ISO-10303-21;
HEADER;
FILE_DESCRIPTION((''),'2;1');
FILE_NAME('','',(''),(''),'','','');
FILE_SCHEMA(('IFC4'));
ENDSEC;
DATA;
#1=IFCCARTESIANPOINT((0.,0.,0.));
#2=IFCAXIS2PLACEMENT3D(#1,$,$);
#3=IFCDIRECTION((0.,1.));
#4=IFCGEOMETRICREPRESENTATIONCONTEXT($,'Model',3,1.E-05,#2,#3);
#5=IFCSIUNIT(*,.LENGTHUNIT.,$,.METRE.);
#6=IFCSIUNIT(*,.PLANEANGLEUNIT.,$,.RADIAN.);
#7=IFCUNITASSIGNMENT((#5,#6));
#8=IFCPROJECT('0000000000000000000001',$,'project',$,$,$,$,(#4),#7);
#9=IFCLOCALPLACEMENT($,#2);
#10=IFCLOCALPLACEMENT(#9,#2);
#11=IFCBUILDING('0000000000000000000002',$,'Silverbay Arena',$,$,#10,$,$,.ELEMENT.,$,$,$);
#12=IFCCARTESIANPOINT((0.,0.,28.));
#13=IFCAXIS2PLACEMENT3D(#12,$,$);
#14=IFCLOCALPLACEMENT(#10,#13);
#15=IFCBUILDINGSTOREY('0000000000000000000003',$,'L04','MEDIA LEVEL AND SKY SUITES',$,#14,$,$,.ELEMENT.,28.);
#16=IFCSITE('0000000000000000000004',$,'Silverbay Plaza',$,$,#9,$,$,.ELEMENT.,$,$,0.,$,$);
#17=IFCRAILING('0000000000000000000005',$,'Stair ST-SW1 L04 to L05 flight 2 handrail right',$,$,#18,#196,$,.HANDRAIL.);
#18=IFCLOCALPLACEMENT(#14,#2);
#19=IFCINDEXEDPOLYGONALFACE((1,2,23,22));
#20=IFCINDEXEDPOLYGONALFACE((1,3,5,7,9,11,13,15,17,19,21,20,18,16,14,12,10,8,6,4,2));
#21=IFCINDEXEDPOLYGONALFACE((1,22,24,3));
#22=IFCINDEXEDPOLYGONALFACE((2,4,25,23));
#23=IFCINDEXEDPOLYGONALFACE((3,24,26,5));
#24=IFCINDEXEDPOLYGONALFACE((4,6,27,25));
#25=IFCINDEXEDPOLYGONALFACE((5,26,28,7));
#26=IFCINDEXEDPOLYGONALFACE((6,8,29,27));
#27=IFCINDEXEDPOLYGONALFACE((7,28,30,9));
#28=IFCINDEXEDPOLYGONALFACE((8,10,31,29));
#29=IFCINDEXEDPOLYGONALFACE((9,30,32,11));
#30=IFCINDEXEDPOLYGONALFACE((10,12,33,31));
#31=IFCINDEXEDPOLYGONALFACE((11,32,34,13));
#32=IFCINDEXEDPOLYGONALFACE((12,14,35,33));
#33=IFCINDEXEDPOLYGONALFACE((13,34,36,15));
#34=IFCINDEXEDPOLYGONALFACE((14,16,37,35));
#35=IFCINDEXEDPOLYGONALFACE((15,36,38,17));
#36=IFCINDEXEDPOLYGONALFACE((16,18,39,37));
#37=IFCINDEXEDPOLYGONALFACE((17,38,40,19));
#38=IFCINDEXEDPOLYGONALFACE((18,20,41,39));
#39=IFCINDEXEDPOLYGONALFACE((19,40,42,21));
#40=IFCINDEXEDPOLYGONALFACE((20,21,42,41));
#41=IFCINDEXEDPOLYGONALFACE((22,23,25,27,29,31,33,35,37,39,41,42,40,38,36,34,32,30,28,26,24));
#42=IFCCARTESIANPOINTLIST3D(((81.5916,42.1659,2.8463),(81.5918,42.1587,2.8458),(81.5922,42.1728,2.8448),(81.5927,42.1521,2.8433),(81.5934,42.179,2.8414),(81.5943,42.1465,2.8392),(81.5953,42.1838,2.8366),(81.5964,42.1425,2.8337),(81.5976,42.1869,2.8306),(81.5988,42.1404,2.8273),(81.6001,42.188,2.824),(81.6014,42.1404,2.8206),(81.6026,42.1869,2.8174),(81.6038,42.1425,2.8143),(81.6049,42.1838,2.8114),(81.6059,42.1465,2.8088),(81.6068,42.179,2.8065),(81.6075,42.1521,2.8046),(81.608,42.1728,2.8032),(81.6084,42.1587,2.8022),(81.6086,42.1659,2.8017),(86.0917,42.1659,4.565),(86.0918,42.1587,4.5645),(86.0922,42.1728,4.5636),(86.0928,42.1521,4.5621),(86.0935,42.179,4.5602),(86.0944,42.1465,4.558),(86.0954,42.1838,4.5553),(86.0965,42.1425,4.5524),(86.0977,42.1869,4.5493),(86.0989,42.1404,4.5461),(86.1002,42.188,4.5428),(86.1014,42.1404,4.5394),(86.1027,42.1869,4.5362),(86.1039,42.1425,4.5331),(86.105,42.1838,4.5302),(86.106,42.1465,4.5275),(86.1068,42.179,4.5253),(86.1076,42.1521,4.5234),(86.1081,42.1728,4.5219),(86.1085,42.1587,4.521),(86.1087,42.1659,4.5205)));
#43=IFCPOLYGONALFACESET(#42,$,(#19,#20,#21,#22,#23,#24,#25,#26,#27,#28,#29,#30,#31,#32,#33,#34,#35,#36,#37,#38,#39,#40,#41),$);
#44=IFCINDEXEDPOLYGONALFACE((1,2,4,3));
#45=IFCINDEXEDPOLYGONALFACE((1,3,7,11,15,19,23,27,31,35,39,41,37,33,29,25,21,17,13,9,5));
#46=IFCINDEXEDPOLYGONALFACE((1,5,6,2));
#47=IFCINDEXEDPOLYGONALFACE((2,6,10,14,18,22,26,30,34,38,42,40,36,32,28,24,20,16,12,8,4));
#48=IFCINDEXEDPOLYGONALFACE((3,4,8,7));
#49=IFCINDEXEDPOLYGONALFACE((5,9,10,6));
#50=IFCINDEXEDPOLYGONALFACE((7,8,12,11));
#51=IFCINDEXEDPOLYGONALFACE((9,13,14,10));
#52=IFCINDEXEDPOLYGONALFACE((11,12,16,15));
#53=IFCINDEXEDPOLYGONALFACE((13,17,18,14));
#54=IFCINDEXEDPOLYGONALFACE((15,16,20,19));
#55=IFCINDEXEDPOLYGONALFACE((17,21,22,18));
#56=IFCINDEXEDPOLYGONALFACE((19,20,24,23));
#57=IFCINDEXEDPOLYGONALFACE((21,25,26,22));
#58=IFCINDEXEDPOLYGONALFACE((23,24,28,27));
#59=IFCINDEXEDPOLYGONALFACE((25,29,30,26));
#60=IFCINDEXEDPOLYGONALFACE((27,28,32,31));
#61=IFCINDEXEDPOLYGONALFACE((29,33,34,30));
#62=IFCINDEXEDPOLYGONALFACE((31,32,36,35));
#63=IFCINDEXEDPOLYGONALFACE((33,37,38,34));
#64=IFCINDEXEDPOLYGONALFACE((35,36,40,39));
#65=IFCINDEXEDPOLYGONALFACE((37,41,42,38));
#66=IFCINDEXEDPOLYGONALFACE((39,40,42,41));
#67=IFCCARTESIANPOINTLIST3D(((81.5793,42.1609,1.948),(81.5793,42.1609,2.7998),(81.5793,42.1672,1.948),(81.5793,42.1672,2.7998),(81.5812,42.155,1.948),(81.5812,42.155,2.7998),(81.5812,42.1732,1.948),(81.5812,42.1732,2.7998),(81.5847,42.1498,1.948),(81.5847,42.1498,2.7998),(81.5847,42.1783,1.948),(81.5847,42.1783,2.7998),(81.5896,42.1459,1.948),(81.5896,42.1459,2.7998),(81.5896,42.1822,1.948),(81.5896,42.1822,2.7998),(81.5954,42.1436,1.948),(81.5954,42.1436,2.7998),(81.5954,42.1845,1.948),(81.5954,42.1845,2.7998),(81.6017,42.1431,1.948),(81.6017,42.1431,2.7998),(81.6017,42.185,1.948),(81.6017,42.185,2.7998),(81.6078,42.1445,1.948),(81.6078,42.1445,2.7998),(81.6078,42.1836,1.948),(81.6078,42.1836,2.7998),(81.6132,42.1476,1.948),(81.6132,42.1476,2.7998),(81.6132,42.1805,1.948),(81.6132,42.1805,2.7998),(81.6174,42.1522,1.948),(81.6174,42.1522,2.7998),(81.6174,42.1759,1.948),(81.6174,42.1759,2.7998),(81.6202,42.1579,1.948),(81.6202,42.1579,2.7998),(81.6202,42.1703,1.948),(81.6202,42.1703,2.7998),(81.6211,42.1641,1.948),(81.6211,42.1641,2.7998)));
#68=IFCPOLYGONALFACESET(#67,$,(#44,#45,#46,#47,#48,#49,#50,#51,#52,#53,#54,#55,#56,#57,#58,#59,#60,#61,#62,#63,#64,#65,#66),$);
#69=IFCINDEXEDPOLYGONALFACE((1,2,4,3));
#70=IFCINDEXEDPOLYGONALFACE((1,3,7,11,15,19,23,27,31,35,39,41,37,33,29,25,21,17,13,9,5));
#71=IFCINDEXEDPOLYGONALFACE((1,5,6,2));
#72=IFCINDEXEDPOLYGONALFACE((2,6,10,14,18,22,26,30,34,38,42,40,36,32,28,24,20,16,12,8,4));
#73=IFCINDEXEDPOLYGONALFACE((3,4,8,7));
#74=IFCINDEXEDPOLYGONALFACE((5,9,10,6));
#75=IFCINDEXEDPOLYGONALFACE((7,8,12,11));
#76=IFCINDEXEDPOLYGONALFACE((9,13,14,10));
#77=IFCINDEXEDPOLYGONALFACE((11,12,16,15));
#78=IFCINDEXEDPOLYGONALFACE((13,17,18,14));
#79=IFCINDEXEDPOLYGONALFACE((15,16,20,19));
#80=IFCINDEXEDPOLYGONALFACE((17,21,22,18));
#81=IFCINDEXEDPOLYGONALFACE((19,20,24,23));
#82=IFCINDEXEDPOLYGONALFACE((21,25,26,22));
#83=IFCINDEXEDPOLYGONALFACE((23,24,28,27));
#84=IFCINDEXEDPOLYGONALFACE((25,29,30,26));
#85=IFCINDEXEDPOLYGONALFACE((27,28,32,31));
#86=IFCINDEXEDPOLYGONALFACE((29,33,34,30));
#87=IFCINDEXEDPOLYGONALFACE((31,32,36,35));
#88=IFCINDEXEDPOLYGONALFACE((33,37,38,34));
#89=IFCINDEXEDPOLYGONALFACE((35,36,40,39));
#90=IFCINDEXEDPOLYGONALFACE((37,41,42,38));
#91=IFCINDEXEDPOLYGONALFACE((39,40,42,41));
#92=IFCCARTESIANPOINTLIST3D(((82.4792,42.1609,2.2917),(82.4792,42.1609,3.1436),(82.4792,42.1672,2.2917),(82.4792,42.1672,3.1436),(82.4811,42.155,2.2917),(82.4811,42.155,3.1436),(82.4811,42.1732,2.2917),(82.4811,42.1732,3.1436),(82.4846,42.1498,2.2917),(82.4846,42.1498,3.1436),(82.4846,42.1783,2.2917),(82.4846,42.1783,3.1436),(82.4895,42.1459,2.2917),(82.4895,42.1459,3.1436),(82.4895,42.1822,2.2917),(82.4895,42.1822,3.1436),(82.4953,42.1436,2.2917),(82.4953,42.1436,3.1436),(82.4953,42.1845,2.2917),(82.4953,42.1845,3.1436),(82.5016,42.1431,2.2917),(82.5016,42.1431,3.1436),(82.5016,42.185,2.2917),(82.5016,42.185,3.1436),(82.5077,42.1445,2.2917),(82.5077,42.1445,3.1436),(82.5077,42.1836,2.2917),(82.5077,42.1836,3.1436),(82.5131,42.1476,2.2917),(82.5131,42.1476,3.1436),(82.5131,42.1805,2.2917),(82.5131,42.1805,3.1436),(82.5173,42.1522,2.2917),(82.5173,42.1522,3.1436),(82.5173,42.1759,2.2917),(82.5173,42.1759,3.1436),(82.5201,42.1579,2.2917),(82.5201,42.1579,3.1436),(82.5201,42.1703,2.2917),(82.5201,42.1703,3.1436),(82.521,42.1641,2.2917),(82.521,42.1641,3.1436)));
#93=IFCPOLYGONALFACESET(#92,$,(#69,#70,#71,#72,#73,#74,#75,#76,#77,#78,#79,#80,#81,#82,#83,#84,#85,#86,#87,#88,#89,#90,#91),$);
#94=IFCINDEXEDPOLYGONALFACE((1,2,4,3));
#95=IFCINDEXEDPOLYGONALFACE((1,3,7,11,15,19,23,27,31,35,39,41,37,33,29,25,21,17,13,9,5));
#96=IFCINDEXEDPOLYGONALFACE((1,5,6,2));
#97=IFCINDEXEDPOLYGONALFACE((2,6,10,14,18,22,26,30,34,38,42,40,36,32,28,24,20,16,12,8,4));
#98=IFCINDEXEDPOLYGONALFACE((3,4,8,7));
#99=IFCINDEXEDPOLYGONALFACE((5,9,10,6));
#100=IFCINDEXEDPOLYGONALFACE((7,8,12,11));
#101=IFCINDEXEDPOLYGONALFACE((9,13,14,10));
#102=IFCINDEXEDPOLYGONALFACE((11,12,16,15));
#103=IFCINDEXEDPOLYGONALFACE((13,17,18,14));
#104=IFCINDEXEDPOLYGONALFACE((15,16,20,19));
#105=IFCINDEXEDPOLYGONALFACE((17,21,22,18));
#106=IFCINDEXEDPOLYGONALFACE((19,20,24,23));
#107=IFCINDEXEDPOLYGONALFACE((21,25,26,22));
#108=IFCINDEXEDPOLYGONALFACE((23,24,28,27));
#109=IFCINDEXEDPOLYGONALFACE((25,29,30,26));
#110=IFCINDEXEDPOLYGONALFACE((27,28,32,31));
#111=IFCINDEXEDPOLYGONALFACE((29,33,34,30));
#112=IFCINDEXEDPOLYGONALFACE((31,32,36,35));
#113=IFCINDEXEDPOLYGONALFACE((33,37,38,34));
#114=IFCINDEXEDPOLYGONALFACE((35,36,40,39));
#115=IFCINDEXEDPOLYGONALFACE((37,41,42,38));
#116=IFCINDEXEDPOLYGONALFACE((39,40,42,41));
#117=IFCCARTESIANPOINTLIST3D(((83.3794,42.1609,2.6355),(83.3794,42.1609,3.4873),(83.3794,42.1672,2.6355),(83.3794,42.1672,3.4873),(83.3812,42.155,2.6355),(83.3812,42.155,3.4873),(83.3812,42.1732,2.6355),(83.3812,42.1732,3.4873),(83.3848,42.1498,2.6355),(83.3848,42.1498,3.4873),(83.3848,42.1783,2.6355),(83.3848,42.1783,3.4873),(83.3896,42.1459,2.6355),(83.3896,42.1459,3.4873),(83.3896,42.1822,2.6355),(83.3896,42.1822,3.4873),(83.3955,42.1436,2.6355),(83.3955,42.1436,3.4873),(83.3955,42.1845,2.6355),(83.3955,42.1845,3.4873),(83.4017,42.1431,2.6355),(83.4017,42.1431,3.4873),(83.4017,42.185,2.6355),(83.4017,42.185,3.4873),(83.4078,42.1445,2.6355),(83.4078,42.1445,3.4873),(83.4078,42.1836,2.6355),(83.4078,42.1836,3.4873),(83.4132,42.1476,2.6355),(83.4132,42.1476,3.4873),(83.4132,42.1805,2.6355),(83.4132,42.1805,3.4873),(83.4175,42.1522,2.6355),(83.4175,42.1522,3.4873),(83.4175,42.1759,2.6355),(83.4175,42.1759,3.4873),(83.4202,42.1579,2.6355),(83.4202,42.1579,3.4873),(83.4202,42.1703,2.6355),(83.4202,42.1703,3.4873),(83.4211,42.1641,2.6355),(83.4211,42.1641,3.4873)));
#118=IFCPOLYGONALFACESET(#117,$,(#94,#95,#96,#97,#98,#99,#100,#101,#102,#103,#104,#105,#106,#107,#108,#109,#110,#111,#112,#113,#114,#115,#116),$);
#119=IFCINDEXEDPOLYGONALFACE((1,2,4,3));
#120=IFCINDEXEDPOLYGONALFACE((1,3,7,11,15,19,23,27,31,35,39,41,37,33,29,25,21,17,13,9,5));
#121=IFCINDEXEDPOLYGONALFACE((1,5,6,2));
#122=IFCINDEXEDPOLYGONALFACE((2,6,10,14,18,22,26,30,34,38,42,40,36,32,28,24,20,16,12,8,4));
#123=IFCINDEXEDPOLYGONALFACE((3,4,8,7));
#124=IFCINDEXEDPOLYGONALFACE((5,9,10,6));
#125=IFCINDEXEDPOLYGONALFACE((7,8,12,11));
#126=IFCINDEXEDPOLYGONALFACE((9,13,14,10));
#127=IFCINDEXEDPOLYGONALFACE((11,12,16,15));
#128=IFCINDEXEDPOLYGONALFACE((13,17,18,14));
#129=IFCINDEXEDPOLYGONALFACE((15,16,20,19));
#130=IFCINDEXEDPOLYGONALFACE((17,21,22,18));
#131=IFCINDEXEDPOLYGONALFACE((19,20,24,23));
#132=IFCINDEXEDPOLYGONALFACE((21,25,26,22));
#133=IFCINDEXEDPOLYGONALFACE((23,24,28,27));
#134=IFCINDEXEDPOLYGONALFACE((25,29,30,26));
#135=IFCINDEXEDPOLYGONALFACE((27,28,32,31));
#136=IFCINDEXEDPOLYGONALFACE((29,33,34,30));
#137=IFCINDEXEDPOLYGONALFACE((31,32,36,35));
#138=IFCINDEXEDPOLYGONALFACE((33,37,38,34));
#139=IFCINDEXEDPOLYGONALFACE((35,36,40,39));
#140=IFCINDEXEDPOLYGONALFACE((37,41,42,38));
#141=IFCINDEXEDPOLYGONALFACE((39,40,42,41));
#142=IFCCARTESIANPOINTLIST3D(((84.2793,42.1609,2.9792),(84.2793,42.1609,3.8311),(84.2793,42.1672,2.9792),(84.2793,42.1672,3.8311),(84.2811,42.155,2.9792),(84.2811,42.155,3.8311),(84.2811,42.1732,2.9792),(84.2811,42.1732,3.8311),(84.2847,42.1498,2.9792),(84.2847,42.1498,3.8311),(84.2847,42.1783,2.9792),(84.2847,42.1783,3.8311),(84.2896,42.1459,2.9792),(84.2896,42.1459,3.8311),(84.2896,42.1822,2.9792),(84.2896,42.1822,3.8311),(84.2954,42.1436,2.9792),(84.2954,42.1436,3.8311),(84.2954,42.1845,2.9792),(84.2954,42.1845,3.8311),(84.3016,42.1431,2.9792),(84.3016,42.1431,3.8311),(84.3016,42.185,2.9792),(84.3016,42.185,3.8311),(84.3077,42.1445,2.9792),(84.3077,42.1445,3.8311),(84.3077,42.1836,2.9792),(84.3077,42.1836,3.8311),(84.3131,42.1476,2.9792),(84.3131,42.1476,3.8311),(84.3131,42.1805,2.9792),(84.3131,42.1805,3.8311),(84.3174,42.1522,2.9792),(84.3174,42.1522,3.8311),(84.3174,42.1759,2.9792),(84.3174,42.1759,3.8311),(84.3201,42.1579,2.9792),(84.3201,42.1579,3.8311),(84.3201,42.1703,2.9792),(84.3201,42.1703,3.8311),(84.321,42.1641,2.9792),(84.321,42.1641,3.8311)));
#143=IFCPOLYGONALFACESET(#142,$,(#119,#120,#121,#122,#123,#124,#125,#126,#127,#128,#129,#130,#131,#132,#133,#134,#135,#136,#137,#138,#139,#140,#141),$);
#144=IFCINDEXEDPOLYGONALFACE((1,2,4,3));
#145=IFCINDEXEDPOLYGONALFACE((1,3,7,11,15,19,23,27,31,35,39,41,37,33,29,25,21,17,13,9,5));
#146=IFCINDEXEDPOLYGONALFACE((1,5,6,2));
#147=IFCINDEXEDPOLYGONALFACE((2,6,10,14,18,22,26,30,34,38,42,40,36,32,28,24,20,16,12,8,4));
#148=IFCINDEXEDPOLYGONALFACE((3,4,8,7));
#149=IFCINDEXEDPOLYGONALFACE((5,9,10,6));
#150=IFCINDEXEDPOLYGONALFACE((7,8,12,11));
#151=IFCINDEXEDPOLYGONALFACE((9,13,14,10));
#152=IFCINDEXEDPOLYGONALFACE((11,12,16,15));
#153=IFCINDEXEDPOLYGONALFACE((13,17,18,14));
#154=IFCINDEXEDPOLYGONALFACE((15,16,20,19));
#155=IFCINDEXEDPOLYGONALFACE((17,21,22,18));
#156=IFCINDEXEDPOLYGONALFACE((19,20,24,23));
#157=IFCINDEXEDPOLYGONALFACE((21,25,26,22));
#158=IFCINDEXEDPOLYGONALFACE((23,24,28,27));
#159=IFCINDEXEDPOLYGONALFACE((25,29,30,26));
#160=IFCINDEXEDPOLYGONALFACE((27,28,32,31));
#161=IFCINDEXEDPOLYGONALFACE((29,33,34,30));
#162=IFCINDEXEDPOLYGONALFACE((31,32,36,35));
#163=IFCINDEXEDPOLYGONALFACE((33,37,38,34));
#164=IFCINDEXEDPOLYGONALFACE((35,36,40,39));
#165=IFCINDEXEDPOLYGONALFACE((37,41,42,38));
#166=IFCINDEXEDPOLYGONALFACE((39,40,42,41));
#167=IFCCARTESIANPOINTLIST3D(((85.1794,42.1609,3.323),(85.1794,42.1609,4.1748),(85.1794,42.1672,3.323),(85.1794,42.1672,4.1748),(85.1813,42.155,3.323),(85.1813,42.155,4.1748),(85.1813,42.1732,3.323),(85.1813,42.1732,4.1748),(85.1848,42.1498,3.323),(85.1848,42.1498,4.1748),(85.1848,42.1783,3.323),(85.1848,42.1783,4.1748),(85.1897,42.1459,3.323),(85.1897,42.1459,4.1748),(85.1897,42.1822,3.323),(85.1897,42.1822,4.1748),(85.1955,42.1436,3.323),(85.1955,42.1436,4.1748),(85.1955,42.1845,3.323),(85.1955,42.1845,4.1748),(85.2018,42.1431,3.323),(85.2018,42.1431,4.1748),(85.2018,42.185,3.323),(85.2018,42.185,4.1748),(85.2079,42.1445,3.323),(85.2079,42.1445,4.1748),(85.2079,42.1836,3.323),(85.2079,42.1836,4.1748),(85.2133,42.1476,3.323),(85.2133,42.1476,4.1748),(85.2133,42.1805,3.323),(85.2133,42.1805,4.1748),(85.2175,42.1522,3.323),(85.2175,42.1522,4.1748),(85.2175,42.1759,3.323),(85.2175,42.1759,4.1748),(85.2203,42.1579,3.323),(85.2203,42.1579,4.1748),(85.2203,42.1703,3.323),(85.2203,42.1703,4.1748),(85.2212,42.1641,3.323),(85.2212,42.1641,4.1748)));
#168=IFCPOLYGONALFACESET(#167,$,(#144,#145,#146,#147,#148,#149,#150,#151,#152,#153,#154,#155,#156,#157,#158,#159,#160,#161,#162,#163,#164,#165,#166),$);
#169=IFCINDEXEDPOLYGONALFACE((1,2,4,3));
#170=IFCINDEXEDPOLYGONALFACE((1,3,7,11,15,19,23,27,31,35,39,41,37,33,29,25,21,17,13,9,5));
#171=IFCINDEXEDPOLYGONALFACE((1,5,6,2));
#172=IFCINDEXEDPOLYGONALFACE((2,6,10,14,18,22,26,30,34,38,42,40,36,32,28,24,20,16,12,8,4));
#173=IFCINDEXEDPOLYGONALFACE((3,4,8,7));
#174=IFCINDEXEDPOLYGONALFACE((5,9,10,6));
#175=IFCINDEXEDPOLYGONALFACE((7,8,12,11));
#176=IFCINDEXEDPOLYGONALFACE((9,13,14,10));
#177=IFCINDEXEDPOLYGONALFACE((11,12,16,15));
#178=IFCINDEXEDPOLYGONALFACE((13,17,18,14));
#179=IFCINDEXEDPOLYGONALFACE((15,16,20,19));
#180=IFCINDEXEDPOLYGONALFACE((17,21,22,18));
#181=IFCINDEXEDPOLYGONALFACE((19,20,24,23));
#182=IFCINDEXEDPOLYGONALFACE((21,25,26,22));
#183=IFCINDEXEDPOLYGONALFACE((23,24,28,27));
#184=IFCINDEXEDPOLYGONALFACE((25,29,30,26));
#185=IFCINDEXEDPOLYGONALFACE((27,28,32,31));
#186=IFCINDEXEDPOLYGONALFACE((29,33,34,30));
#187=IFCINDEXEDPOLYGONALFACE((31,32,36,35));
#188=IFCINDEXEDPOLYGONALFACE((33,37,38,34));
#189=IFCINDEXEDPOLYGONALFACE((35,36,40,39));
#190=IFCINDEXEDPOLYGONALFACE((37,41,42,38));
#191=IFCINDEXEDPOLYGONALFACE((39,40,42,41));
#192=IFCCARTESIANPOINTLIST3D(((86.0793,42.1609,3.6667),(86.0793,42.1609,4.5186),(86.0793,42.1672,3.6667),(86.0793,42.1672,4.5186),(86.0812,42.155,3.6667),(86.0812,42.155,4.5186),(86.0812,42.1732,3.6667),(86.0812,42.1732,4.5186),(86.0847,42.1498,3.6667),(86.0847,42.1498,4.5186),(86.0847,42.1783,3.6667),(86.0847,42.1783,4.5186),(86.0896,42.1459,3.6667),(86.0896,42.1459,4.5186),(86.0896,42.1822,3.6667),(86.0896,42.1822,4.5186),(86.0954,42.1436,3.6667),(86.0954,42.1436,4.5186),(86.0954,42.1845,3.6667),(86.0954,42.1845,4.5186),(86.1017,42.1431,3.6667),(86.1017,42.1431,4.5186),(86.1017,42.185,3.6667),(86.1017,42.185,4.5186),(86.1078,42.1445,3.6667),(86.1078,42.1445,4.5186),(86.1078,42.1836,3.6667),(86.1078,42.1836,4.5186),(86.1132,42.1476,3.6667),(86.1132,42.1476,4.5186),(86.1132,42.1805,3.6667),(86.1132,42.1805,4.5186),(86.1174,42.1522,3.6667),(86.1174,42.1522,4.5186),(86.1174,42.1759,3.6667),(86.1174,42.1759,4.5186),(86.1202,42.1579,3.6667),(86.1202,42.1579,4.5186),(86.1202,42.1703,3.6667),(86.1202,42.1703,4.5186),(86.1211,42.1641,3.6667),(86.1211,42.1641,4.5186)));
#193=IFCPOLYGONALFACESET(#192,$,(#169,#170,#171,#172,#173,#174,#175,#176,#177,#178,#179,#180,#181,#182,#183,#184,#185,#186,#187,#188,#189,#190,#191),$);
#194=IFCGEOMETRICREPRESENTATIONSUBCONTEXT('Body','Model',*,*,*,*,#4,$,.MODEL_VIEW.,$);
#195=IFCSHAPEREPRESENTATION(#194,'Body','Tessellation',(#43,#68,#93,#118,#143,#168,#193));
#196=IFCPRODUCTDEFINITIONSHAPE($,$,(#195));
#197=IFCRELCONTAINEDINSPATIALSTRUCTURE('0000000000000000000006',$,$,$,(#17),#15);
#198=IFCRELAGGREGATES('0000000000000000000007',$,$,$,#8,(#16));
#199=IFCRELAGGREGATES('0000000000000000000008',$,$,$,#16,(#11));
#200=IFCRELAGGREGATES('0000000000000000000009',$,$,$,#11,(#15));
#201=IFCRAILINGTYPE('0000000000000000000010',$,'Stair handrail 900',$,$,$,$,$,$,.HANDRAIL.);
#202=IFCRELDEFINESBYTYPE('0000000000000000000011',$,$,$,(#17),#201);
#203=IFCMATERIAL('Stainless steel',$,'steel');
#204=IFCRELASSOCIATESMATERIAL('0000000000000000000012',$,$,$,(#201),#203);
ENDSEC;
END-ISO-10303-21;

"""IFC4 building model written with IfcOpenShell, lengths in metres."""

from ifc_helpers import new_model, si_unit, direction, frame, origin, origin_2d, place, context, subcontext, project, spatial, circle, extrude, material, type_object, element, save


model = new_model("IFC4")

# Units and contexts
model_context = context("Model", 3, precision=1e-05, world=origin(), true_north=direction((0.0, 1.0)))
body_context = subcontext(model_context, "Body", "Model", "MODEL_VIEW")
ifc_project = project(units=[si_unit("LENGTHUNIT", "METRE"), si_unit("PLANEANGLEUNIT", "RADIAN")], contexts=[model_context])

# Site, building, storey
site_placement = place(None, origin())
site = spatial("IfcSite", under=ifc_project, at=site_placement, Name="Silverbay Plaza", CompositionType="ELEMENT", RefElevation=0.0)
building_placement = place(site_placement, origin())
building = spatial("IfcBuilding", under=site, at=building_placement, Name="Silverbay Arena", CompositionType="ELEMENT")
storey_placement = place(building_placement, frame((0.0, 0.0, 28.0)))
storey = spatial("IfcBuildingStorey", under=building, at=storey_placement, Name="L04", Description="MEDIA LEVEL AND SKY SUITES", CompositionType="ELEMENT", Elevation=28.0)

# Railing
ifc_material_1 = material(Name="Stainless steel", Category="steel")
railing_type_1 = type_object("IfcRailingType", Name="Stair handrail 900", PredefinedType="HANDRAIL", material=ifc_material_1)
for number, where, name in (
    (1, (81.6001, 42.1641, 1.948), "Stair ST-SW1 L04 to L05 flight 2 handrail right"),
):
    element("IfcRailing", number, at=place(storey_placement, frame(where)), inside=storey, type_object=railing_type_1, Name=name, PredefinedType="HANDRAIL", context=body_context, shape_type="SweptSolid", body=[
        extrude(circle(Radius=0.0239, at=origin_2d()), frame((0.0, 0.0, 0.876), z_axis=(0.934179, 0.0, 0.356805), x_axis=(0.0, 1.0, 0.0)), (0.0, 0.0, 1.0), 4.8171),
        extrude(circle(Radius=0.021, at=origin_2d()), origin(), (0.0, 0.0, 1.0), 0.8518),
        extrude(circle(Radius=0.021, at=origin_2d()), frame((0.8999, 0.0, 0.3438)), (0.0, 0.0, 1.0), 0.8518),
        extrude(circle(Radius=0.021, at=origin_2d()), frame((1.8, 0.0, 0.6875)), (0.0, 0.0, 1.0), 0.8518),
        extrude(circle(Radius=0.021, at=origin_2d()), frame((2.7, 0.0, 1.0312)), (0.0, 0.0, 1.0), 0.8518),
        extrude(circle(Radius=0.021, at=origin_2d()), frame((3.6001, 0.0, 1.375)), (0.0, 0.0, 1.0), 0.8518),
        extrude(circle(Radius=0.021, at=origin_2d()), frame((4.5, 0.0, 1.7188)), (0.0, 0.0, 1.0), 0.8518),
    ])

save(model, "model.ifc")
